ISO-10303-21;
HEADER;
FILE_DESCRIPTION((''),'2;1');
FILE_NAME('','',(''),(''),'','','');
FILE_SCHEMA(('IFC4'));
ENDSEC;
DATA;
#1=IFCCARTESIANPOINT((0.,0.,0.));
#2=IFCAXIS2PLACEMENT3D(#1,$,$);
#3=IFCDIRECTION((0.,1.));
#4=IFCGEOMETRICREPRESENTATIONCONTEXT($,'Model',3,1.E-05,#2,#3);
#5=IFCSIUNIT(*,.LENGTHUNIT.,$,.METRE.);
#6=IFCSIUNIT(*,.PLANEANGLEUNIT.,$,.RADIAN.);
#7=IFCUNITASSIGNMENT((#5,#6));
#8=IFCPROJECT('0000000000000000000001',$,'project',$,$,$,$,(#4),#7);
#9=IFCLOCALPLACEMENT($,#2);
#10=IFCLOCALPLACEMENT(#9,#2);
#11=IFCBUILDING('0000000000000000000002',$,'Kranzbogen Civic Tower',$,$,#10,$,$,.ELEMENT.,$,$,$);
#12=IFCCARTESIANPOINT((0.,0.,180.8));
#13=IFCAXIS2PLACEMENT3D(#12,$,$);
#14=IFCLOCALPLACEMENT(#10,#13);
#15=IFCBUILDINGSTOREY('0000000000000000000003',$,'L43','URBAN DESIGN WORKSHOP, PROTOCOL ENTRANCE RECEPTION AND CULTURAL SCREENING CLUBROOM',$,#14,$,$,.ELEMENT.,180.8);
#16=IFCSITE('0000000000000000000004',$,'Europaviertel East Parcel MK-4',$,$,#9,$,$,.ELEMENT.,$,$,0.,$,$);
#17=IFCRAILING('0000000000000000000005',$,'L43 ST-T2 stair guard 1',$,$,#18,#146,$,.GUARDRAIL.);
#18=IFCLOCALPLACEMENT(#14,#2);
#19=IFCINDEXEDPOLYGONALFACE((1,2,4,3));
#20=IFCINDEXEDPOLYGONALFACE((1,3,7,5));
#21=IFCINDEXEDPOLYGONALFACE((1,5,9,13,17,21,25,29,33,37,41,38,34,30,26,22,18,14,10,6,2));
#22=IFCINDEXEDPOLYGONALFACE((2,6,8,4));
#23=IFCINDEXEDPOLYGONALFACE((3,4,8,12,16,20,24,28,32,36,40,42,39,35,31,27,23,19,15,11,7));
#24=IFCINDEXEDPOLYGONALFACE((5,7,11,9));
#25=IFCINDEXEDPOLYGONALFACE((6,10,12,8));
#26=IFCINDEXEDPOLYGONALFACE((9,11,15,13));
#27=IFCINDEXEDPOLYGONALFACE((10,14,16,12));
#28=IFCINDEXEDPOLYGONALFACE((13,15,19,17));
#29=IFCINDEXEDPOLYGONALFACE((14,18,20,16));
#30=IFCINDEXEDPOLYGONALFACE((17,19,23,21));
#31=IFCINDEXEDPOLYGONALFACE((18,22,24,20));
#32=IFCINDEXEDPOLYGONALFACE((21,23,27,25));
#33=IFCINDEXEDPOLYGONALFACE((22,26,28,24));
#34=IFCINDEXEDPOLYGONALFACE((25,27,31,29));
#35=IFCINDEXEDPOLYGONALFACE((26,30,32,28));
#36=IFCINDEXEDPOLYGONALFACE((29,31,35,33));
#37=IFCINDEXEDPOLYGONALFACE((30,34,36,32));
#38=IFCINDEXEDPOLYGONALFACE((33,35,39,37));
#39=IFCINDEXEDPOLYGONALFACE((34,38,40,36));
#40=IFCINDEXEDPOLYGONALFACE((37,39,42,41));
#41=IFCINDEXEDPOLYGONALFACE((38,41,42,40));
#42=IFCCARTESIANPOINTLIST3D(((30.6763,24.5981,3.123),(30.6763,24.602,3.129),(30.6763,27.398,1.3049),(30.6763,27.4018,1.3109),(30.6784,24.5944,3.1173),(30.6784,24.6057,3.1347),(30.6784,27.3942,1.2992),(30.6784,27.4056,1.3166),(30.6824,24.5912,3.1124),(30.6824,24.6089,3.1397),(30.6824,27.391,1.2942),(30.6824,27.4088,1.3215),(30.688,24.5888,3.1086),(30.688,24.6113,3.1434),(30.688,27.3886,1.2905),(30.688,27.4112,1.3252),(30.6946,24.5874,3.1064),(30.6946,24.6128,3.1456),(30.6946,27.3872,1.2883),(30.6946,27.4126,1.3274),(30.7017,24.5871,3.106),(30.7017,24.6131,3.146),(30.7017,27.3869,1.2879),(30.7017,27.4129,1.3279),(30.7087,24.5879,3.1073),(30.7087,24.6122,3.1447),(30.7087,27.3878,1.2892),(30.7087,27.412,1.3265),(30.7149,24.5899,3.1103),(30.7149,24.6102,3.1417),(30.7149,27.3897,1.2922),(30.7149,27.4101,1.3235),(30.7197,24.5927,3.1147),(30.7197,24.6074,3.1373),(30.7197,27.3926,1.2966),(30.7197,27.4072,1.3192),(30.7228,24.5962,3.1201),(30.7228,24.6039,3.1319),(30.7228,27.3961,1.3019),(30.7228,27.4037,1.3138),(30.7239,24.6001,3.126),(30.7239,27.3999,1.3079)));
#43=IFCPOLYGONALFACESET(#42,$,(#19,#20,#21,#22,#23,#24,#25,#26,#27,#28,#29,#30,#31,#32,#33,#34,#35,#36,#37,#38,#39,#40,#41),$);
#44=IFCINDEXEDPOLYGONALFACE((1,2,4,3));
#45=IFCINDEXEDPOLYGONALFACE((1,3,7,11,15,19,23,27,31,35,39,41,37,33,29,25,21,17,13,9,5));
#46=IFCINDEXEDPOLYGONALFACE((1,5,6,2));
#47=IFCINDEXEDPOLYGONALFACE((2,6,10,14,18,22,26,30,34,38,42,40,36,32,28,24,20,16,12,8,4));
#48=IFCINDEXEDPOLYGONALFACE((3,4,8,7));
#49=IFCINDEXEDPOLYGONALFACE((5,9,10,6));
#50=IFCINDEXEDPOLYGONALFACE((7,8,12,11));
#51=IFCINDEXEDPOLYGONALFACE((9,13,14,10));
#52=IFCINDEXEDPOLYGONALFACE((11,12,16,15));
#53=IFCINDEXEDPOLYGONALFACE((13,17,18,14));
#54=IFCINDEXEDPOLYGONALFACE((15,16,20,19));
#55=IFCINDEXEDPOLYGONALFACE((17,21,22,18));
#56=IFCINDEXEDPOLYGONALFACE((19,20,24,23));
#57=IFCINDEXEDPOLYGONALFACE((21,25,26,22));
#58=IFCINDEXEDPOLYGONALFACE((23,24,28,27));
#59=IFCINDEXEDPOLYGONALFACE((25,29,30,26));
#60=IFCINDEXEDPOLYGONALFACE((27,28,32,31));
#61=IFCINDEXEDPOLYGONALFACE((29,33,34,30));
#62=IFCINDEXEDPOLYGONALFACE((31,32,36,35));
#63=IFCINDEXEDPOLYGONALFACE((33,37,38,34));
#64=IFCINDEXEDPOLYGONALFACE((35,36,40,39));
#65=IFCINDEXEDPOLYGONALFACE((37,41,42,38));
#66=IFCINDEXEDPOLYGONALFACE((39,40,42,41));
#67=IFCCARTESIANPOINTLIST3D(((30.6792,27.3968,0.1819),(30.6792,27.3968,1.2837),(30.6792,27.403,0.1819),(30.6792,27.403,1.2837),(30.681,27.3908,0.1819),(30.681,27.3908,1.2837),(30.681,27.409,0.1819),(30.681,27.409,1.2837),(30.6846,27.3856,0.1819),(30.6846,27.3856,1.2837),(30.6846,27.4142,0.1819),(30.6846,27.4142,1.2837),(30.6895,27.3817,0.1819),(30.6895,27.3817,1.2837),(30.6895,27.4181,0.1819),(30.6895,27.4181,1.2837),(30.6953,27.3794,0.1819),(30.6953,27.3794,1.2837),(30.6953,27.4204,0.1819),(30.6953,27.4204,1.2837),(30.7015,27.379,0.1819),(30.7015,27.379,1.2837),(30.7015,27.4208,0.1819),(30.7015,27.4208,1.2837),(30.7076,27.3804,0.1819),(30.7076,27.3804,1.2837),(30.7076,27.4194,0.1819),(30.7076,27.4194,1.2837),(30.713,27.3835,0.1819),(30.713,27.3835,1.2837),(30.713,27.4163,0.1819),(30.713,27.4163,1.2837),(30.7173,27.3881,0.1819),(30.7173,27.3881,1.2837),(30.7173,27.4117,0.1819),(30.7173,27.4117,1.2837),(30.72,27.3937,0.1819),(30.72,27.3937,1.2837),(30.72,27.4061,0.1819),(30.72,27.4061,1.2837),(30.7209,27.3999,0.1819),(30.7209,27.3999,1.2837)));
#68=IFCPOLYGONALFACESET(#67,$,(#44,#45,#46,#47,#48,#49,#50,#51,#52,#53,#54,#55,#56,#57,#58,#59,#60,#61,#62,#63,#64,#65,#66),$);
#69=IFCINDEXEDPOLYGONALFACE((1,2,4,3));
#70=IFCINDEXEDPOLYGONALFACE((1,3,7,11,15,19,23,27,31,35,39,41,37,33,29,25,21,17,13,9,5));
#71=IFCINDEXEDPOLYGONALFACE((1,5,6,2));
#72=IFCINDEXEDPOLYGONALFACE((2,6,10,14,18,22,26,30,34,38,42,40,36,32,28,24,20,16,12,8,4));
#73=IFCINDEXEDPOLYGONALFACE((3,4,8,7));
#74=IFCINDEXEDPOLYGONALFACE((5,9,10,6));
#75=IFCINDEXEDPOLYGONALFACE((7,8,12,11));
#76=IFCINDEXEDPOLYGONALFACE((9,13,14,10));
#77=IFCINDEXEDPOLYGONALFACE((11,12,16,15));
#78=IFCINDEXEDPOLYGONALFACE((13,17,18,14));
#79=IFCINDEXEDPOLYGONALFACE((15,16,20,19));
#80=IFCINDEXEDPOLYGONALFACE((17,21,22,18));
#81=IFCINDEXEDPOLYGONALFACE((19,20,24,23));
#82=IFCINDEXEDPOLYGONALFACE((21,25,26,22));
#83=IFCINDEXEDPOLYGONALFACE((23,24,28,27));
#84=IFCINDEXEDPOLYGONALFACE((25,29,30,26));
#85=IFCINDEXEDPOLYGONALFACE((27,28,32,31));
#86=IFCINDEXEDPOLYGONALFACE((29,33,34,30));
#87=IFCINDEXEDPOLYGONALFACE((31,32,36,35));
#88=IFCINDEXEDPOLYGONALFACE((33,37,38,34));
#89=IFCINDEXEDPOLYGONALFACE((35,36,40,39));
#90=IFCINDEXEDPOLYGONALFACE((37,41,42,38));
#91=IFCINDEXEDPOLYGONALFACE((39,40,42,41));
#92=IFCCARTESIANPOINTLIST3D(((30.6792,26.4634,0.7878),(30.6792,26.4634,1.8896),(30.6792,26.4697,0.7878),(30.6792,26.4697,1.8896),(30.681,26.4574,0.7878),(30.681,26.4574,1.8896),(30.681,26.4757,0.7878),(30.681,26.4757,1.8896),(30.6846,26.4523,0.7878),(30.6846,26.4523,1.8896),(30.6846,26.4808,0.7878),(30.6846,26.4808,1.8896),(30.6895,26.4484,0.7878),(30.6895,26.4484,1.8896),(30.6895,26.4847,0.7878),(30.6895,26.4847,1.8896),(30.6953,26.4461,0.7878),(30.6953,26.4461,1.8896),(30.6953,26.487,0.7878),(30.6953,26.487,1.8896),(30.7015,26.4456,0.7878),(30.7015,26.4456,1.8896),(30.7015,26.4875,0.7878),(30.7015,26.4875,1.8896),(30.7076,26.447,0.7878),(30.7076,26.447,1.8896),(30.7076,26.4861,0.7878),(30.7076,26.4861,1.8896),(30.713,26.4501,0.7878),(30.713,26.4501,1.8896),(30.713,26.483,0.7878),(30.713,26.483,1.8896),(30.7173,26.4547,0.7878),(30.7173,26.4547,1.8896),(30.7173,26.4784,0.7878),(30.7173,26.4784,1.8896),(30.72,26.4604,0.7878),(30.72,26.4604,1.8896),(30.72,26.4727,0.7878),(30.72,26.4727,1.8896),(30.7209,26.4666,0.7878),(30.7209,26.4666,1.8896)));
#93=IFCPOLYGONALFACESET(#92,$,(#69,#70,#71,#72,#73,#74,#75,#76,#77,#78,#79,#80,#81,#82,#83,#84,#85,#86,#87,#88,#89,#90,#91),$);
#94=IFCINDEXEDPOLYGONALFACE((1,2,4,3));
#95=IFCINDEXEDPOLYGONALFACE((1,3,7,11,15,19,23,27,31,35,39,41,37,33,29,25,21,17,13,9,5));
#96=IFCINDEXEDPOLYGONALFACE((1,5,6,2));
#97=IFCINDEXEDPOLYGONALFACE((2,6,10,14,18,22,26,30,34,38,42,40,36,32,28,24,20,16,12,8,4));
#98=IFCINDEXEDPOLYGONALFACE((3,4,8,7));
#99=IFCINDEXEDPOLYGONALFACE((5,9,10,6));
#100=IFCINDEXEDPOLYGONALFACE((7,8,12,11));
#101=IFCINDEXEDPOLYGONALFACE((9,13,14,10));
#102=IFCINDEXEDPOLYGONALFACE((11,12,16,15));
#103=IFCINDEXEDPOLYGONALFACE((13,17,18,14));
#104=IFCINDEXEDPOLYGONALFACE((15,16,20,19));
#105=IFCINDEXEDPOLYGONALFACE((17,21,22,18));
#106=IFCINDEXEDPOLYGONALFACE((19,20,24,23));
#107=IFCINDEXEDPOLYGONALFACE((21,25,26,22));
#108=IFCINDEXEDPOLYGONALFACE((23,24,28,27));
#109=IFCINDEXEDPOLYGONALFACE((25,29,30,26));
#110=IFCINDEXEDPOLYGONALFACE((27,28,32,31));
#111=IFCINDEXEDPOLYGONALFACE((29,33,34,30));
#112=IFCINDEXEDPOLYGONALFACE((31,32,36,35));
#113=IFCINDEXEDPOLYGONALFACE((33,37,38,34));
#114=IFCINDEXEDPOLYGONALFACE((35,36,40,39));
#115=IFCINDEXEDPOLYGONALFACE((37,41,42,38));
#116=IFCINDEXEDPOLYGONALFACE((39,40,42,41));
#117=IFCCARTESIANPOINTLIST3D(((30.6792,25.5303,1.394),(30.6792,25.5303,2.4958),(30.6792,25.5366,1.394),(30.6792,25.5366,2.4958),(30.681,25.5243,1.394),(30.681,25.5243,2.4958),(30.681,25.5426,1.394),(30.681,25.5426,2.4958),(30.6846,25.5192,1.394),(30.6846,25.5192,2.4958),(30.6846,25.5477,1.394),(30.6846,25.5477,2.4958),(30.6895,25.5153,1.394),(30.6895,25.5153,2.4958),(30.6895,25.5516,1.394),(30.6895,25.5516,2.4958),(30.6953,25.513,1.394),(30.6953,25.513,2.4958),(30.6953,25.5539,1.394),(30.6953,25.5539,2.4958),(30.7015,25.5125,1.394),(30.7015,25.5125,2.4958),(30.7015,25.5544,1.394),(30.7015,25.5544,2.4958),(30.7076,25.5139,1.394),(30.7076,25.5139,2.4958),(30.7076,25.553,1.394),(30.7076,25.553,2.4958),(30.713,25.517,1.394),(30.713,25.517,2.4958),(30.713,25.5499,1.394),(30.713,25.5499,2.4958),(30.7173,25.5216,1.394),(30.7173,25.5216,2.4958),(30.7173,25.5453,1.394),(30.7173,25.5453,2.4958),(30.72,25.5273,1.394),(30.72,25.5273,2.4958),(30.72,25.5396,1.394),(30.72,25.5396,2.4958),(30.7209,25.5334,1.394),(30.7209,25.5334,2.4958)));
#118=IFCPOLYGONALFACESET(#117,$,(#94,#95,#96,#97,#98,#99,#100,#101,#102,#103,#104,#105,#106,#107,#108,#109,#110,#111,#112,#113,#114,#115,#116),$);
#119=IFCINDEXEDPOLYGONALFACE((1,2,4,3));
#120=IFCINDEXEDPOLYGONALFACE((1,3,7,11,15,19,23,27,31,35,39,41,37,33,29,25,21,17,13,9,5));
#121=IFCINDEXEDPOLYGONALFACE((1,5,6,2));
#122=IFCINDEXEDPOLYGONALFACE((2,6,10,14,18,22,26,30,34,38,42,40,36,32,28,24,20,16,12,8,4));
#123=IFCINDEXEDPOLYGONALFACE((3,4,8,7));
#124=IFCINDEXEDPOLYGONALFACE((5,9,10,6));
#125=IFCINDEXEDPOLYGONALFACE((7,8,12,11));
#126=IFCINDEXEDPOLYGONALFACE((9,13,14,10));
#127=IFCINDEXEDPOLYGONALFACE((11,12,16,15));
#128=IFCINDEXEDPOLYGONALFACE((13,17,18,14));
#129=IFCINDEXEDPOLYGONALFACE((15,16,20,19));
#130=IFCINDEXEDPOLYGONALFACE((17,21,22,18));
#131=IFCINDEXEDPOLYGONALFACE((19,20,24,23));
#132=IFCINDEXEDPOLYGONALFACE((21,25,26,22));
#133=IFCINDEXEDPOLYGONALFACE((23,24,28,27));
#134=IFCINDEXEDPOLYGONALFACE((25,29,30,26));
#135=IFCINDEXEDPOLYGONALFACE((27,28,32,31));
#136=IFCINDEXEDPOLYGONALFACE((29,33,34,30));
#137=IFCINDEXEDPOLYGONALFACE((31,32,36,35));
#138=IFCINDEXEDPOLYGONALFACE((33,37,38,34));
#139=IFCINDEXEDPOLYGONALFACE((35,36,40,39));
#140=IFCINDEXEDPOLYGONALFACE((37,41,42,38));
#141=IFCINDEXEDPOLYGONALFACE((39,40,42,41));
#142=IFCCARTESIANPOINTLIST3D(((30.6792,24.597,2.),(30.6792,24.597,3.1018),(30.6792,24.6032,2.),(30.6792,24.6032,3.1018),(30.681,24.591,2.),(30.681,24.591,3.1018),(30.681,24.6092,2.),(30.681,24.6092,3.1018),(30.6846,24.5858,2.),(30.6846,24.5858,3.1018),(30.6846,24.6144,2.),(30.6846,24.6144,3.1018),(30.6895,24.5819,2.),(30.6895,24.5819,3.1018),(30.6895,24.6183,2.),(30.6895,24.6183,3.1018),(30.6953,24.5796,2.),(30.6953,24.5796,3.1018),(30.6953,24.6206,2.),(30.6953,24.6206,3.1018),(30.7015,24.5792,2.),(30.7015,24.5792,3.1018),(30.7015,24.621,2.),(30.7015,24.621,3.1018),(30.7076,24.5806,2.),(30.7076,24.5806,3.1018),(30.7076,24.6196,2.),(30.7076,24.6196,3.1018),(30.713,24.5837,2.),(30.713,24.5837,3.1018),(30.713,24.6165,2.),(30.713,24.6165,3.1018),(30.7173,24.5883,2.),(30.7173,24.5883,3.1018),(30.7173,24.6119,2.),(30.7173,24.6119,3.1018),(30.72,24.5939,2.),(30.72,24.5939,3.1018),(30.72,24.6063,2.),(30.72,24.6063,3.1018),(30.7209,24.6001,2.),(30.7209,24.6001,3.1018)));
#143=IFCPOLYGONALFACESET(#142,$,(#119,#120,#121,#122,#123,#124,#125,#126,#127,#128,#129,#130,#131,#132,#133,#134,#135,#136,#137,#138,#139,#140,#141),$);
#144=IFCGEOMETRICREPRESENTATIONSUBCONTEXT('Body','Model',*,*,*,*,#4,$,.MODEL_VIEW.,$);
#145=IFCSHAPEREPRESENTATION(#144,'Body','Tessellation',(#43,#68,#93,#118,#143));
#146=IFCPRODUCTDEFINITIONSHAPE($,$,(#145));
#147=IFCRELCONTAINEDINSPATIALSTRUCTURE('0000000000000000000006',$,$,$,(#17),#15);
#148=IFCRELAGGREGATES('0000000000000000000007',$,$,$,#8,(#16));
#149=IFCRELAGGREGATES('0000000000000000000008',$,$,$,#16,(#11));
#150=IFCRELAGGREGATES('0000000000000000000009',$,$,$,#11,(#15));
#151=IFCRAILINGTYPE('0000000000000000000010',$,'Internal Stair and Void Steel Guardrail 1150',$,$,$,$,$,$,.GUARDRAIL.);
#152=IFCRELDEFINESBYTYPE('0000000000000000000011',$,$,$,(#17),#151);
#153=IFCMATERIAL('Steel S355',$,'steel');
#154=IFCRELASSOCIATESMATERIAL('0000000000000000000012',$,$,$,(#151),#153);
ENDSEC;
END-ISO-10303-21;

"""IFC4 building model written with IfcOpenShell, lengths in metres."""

from ifc_helpers import new_model, si_unit, direction, frame, origin, origin_2d, place, context, subcontext, project, spatial, circle, extrude, material, type_object, element, save


model = new_model("IFC4")

# Units and contexts
model_context = context("Model", 3, precision=1e-05, world=origin(), true_north=direction((0.0, 1.0)))
body_context = subcontext(model_context, "Body", "Model", "MODEL_VIEW")
ifc_project = project(units=[si_unit("LENGTHUNIT", "METRE"), si_unit("PLANEANGLEUNIT", "RADIAN")], contexts=[model_context])

# Site, building, storey
site_placement = place(None, origin())
site = spatial("IfcSite", under=ifc_project, at=site_placement, Name="Europaviertel East Parcel MK-4", CompositionType="ELEMENT", RefElevation=0.0)
building_placement = place(site_placement, origin())
building = spatial("IfcBuilding", under=site, at=building_placement, Name="Kranzbogen Civic Tower", CompositionType="ELEMENT")
storey_placement = place(building_placement, frame((0.0, 0.0, 180.8)))
storey = spatial("IfcBuildingStorey", under=building, at=storey_placement, Name="L43", Description="URBAN DESIGN WORKSHOP, PROTOCOL ENTRANCE RECEPTION AND CULTURAL SCREENING CLUBROOM", CompositionType="ELEMENT", Elevation=180.8)

# Shared definitions
ifc_material_1 = material(Name="Steel S355", Category="steel")

# Railing
railing_type_1 = type_object("IfcRailingType", Name="Internal Stair and Void Steel Guardrail 1150", PredefinedType="GUARDRAIL", material=ifc_material_1)
railing_1_placement = place(storey_placement, frame((30.7, 27.3999, 0.1819)))
element("IfcRailing", 1, at=railing_1_placement, inside=storey, type_object=railing_type_1, Name="L43 ST-T2 stair guard 1", PredefinedType="GUARDRAIL", context=body_context, shape_type="SweptSolid", body=[
    extrude(circle(Radius=0.0239, at=origin_2d()), frame((0.0, 0.0, 1.126), z_axis=(0.0, -0.838684, 0.544618), x_axis=(1.0, 0.0, 0.0)), (0.0, 0.0, 1.0), 3.3384),
    extrude(circle(Radius=0.021, at=origin_2d()), origin(), (0.0, 0.0, 1.0), 1.1018),
    extrude(circle(Radius=0.021, at=origin_2d()), frame((0.0, -0.9333, 0.606)), (0.0, 0.0, 1.0), 1.1018),
    extrude(circle(Radius=0.021, at=origin_2d()), frame((0.0, -1.8665, 1.2122)), (0.0, 0.0, 1.0), 1.1018),
    extrude(circle(Radius=0.021, at=origin_2d()), frame((0.0, -2.7998, 1.8181)), (0.0, 0.0, 1.0), 1.1018),
])

save(model, "model.ifc")
